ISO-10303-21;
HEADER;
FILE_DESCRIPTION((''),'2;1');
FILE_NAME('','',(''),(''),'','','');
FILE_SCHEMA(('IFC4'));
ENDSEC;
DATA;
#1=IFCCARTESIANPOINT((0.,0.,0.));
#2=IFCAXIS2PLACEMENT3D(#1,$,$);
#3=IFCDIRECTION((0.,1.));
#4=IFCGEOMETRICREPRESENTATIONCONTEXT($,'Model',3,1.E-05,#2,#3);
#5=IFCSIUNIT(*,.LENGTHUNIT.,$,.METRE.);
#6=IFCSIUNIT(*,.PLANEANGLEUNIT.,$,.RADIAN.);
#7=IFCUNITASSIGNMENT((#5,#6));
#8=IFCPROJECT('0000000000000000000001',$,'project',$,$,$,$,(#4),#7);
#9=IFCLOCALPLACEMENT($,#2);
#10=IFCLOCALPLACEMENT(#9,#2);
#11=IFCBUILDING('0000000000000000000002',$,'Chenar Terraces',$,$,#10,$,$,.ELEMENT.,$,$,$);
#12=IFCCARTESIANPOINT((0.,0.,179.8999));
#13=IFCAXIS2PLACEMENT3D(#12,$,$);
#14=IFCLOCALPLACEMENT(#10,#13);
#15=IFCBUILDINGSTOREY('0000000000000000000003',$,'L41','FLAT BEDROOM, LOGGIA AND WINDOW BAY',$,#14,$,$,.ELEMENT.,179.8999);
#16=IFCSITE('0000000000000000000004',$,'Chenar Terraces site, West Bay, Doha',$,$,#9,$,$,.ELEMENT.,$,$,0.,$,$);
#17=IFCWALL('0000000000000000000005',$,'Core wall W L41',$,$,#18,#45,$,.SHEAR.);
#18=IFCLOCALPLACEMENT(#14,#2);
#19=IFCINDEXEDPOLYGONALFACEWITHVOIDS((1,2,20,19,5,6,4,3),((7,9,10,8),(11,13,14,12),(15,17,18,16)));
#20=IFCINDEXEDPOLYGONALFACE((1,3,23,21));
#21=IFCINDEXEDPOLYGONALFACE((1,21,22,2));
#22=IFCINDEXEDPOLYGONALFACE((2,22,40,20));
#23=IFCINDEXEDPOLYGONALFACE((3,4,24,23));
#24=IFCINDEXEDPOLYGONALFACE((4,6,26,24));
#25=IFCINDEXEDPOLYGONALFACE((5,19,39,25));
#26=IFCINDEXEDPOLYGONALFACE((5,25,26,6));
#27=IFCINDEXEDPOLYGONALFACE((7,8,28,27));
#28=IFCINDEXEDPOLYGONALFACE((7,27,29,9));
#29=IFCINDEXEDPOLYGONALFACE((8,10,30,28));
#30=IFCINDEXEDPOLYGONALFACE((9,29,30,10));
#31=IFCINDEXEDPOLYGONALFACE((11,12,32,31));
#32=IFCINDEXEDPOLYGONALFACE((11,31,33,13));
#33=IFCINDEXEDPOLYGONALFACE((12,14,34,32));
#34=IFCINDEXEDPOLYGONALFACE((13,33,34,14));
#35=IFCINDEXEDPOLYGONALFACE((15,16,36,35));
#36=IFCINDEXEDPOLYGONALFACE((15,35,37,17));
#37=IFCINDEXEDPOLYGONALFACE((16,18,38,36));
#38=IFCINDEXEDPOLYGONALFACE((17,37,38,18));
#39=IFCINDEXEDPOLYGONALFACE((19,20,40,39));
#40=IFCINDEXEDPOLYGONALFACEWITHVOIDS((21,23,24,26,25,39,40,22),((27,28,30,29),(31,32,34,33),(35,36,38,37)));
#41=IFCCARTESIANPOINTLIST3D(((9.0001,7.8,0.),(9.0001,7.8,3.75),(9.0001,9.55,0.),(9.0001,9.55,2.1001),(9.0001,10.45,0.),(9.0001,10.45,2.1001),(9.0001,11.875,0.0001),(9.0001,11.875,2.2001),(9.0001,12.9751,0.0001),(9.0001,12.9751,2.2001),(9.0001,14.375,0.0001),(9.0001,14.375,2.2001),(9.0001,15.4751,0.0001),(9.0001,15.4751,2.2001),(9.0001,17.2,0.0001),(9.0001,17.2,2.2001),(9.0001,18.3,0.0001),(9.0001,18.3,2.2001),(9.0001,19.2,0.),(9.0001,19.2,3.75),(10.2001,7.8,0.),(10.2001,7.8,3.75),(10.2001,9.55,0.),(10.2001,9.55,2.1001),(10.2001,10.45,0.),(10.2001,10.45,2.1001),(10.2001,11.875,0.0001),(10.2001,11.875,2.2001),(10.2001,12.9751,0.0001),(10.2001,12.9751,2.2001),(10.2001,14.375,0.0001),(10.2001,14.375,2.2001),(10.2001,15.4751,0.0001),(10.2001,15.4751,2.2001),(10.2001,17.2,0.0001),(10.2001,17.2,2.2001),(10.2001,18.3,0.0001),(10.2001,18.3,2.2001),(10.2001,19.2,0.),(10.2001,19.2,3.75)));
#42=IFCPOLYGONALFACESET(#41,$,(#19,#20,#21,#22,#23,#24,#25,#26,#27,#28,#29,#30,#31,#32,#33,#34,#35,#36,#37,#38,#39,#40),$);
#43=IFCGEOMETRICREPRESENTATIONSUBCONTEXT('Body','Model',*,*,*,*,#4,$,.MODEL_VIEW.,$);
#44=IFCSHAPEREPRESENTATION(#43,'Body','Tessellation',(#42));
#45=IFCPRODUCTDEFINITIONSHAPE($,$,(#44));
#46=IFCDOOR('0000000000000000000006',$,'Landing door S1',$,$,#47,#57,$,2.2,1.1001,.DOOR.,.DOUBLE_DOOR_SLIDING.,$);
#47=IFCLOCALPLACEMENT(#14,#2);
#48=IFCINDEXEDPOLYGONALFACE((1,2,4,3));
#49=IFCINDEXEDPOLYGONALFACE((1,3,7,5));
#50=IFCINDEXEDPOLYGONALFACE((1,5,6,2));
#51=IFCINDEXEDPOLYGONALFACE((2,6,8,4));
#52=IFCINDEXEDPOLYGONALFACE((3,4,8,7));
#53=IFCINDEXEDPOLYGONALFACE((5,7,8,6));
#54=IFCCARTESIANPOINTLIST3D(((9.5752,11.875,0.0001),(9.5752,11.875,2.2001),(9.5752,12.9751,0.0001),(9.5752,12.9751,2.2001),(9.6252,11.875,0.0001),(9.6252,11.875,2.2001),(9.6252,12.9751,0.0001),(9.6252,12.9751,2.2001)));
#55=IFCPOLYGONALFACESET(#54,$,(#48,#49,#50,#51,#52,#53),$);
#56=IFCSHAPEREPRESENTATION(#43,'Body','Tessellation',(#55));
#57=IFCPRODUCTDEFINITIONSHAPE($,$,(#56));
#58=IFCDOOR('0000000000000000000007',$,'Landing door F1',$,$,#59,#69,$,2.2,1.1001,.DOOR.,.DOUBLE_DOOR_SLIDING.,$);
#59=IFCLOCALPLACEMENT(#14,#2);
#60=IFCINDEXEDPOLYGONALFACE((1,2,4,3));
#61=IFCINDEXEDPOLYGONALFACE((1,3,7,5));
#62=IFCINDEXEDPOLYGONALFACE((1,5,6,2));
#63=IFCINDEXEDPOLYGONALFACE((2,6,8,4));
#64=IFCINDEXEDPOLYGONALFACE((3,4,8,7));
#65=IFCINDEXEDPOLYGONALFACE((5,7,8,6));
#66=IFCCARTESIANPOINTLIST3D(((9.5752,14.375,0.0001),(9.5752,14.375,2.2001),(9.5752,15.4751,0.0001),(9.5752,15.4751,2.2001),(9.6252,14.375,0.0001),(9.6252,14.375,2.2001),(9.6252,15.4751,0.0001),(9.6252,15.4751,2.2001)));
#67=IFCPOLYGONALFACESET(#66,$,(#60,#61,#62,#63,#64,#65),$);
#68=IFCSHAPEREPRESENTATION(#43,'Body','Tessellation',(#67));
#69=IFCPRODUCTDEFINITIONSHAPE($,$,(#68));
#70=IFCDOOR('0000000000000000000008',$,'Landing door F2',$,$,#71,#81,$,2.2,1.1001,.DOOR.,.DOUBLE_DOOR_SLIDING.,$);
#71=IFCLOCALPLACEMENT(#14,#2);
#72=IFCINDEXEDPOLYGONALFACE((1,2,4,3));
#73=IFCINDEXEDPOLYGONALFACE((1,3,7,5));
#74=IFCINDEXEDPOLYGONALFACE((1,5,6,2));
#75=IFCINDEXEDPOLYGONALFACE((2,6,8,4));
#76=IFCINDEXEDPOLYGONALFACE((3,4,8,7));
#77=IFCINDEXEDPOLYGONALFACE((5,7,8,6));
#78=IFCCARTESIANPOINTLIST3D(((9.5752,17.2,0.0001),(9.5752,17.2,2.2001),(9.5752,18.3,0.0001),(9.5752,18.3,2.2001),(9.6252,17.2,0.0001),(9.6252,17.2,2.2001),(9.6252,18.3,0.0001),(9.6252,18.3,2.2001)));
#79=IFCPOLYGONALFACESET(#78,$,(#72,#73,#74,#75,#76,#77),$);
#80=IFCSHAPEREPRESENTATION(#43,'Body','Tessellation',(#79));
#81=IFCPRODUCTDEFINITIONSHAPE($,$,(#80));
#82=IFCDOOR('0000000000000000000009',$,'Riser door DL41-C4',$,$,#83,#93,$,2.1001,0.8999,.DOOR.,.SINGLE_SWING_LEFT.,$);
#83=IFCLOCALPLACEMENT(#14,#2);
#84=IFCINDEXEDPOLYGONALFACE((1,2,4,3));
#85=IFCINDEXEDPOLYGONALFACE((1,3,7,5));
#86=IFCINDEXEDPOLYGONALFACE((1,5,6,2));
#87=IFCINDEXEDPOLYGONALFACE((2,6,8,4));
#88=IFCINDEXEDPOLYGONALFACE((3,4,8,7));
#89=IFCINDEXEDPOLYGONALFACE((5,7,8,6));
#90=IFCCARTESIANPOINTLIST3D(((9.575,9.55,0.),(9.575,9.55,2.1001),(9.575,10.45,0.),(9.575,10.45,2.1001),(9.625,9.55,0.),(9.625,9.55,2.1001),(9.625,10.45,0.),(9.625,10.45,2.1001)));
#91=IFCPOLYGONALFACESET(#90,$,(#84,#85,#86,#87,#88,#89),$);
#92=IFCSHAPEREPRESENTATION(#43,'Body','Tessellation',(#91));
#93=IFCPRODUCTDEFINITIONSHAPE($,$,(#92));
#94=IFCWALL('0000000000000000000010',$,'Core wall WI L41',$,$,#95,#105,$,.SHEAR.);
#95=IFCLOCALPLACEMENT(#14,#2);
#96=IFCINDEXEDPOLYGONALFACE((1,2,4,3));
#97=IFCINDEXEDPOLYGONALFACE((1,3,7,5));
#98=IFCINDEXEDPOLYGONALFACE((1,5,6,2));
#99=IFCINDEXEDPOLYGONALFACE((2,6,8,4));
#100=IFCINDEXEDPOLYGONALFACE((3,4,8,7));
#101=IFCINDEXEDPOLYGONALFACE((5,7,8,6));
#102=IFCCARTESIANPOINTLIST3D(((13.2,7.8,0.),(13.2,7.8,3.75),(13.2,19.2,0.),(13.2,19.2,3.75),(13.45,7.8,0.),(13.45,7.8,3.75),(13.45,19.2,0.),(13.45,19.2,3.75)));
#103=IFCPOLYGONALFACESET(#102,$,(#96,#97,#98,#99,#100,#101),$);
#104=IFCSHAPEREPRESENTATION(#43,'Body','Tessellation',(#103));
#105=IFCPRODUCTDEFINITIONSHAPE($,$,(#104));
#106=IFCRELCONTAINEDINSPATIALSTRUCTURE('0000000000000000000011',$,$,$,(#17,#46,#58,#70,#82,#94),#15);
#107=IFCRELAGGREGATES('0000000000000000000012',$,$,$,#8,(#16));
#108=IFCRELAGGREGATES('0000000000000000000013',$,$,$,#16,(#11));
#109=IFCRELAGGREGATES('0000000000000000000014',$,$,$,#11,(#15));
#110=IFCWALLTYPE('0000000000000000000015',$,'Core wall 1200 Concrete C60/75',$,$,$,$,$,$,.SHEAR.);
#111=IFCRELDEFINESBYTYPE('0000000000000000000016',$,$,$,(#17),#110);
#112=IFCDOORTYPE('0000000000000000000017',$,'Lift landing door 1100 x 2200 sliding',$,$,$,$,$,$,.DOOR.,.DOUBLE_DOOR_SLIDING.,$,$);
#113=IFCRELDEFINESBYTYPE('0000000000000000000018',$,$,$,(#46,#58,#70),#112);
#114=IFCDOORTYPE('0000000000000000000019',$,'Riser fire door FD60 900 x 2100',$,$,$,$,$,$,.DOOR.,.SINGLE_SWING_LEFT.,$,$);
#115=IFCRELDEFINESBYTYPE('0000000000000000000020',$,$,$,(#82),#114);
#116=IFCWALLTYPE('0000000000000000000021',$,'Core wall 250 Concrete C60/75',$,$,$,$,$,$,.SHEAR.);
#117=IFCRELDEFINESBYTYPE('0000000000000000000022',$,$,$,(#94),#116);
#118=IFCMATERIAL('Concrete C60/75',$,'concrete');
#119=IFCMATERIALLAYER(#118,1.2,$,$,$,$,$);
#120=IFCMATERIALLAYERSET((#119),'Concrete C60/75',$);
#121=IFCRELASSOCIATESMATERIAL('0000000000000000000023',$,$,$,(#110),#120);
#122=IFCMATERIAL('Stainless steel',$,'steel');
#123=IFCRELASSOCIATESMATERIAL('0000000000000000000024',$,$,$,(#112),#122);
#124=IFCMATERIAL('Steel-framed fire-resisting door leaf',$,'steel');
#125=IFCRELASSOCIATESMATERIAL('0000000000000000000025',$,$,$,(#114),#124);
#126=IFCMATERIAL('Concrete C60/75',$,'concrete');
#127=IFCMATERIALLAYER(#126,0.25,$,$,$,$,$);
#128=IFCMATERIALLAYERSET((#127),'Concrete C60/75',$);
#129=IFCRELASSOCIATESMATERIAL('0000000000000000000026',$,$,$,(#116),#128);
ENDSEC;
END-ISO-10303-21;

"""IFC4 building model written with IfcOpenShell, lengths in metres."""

from ifc_helpers import new_model, si_unit, direction, frame, frame_2d, origin, place, context, subcontext, project, spatial, rectangle, extrude, material, layer, layer_set, type_object, element, fill, save


model = new_model("IFC4")

# Units and contexts
model_context = context("Model", 3, precision=1e-05, world=origin(), true_north=direction((0.0, 1.0)))
body_context = subcontext(model_context, "Body", "Model", "MODEL_VIEW")
ifc_project = project(units=[si_unit("LENGTHUNIT", "METRE"), si_unit("PLANEANGLEUNIT", "RADIAN")], contexts=[model_context])

# Site, building, storey
site_placement = place(None, origin())
site = spatial("IfcSite", under=ifc_project, at=site_placement, Name="Chenar Terraces site, West Bay, Doha", CompositionType="ELEMENT", RefElevation=0.0)
building_placement = place(site_placement, origin())
building = spatial("IfcBuilding", under=site, at=building_placement, Name="Chenar Terraces", CompositionType="ELEMENT")
storey_placement = place(building_placement, frame((0.0, 0.0, 179.8999)))
storey = spatial("IfcBuildingStorey", under=building, at=storey_placement, Name="L41", Description="FLAT BEDROOM, LOGGIA AND WINDOW BAY", CompositionType="ELEMENT", Elevation=179.8999)

# Wall, openings, doors
ifc_material_1 = material(Name="Concrete C60/75", Category="concrete")
ifc_layer_1 = layer(ifc_material_1, 1.2)
ifc_layer_set_1 = layer_set([ifc_layer_1], Name="Concrete C60/75")
wall_type_1 = type_object("IfcWallType", Name="Core wall 1200 Concrete C60/75", PredefinedType="SHEAR", material=ifc_layer_set_1)
wall_1_placement = place(storey_placement, frame((9.6001, 7.8, 0.0), z_axis=(0.0, 0.0, 1.0), x_axis=(0.0, 1.0, 0.0)))
wall_1 = element("IfcWall", 1, at=wall_1_placement, inside=storey, type_object=wall_type_1, Name="Core wall W L41", PredefinedType="SHEAR", context=body_context, shape_type="SweptSolid", body=[
    extrude(rectangle(XDim=11.3999, YDim=1.2, at=frame_2d((5.7, 0.0))), origin(), (0.0, 0.0, 1.0), 3.75),
])
opening_1_placement = place(wall_1_placement, frame((4.075, 0.0, 0.0)))
opening_1 = element("IfcOpeningElement", 2, at=opening_1_placement, cuts=wall_1, PredefinedType="OPENING", context=body_context, shape_type="SweptSolid", body=[
    extrude(rectangle(XDim=1.1001, YDim=2.2, at=frame_2d((0.55, 1.1001))), frame((0.0, 0.6099, 0.0), z_axis=(0.0, -1.0, 0.0), x_axis=(1.0, 0.0, 0.0)), (0.0, 0.0, 1.0), 1.22),
])
opening_2_placement = place(wall_1_placement, frame((6.575, 0.0, 0.0)))
opening_2 = element("IfcOpeningElement", 3, at=opening_2_placement, cuts=wall_1, PredefinedType="OPENING", context=body_context, shape_type="SweptSolid", body=[
    extrude(rectangle(XDim=1.1001, YDim=2.2, at=frame_2d((0.55, 1.1001))), frame((0.0, 0.6099, 0.0), z_axis=(0.0, -1.0, 0.0), x_axis=(1.0, 0.0, 0.0)), (0.0, 0.0, 1.0), 1.22),
])
opening_3_placement = place(wall_1_placement, frame((9.3999, 0.0, 0.0)))
opening_3 = element("IfcOpeningElement", 4, at=opening_3_placement, cuts=wall_1, PredefinedType="OPENING", context=body_context, shape_type="SweptSolid", body=[
    extrude(rectangle(XDim=1.1001, YDim=2.2, at=frame_2d((0.55, 1.1001))), frame((0.0, 0.6099, 0.0), z_axis=(0.0, -1.0, 0.0), x_axis=(1.0, 0.0, 0.0)), (0.0, 0.0, 1.0), 1.22),
])
opening_4_placement = place(wall_1_placement, frame((1.75, 0.0, 0.0)))
opening_4 = element("IfcOpeningElement", 5, at=opening_4_placement, cuts=wall_1, PredefinedType="OPENING", context=body_context, shape_type="SweptSolid", body=[
    extrude(rectangle(XDim=0.8999, YDim=2.1001, at=frame_2d((0.45, 1.05))), frame((0.0, 0.6099, 0.0), z_axis=(0.0, -1.0, 0.0), x_axis=(1.0, 0.0, 0.0)), (0.0, 0.0, 1.0), 1.22),
])
ifc_material_2 = material(Name="Stainless steel", Category="steel")
door_type_1 = type_object("IfcDoorType", Name="Lift landing door 1100 x 2200 sliding", OperationType="DOUBLE_DOOR_SLIDING", PredefinedType="DOOR", material=ifc_material_2)
door_1_placement = place(opening_1_placement, origin())
door_1 = element("IfcDoor", 6, at=door_1_placement, inside=storey, type_object=door_type_1, Name="Landing door S1", OperationType="DOUBLE_DOOR_SLIDING", OverallHeight=2.2, OverallWidth=1.1001, PredefinedType="DOOR", context=body_context, shape_type="SweptSolid", body=[
    extrude(rectangle(XDim=1.1001, YDim=2.2, at=frame_2d((0.55, 1.1001))), frame((0.0, 0.0249, 0.0), z_axis=(0.0, -1.0, 0.0), x_axis=(1.0, 0.0, 0.0)), (0.0, 0.0, 1.0), 0.05),
])
fill(opening_1, door_1)
door_2_placement = place(opening_2_placement, origin())
door_2 = element("IfcDoor", 7, at=door_2_placement, inside=storey, type_object=door_type_1, Name="Landing door F1", OperationType="DOUBLE_DOOR_SLIDING", OverallHeight=2.2, OverallWidth=1.1001, PredefinedType="DOOR", context=body_context, shape_type="SweptSolid", body=[
    extrude(rectangle(XDim=1.1001, YDim=2.2, at=frame_2d((0.55, 1.1001))), frame((0.0, 0.0249, 0.0), z_axis=(0.0, -1.0, 0.0), x_axis=(1.0, 0.0, 0.0)), (0.0, 0.0, 1.0), 0.05),
])
fill(opening_2, door_2)
door_3_placement = place(opening_3_placement, origin())
door_3 = element("IfcDoor", 8, at=door_3_placement, inside=storey, type_object=door_type_1, Name="Landing door F2", OperationType="DOUBLE_DOOR_SLIDING", OverallHeight=2.2, OverallWidth=1.1001, PredefinedType="DOOR", context=body_context, shape_type="SweptSolid", body=[
    extrude(rectangle(XDim=1.1001, YDim=2.2, at=frame_2d((0.55, 1.1001))), frame((0.0, 0.0249, 0.0), z_axis=(0.0, -1.0, 0.0), x_axis=(1.0, 0.0, 0.0)), (0.0, 0.0, 1.0), 0.05),
])
fill(opening_3, door_3)
ifc_material_3 = material(Name="Steel-framed fire-resisting door leaf", Category="steel")
door_type_2 = type_object("IfcDoorType", Name="Riser fire door FD60 900 x 2100", OperationType="SINGLE_SWING_LEFT", PredefinedType="DOOR", material=ifc_material_3)
door_4_placement = place(opening_4_placement, frame((0.8999, 0.0, 0.0), z_axis=(0.0, 0.0, 1.0), x_axis=(-1.0, 0.0, 0.0)))
door_4 = element("IfcDoor", 9, at=door_4_placement, inside=storey, type_object=door_type_2, Name="Riser door DL41-C4", OperationType="SINGLE_SWING_LEFT", OverallHeight=2.1001, OverallWidth=0.8999, PredefinedType="DOOR", context=body_context, shape_type="SweptSolid", body=[
    extrude(rectangle(XDim=0.8999, YDim=2.1001, at=frame_2d((0.45, 1.05))), frame((0.0, 0.0249, 0.0), z_axis=(0.0, -1.0, 0.0), x_axis=(1.0, 0.0, 0.0)), (0.0, 0.0, 1.0), 0.05),
])
fill(opening_4, door_4)

# Wall
ifc_material_4 = material(Name="Concrete C60/75", Category="concrete")
ifc_layer_2 = layer(ifc_material_4, 0.25)
ifc_layer_set_2 = layer_set([ifc_layer_2], Name="Concrete C60/75")
wall_type_2 = type_object("IfcWallType", Name="Core wall 250 Concrete C60/75", PredefinedType="SHEAR", material=ifc_layer_set_2)
wall_2_placement = place(storey_placement, frame((13.325, 7.8, 0.0), z_axis=(0.0, 0.0, 1.0), x_axis=(0.0, 1.0, 0.0)))
element("IfcWall", 10, at=wall_2_placement, inside=storey, type_object=wall_type_2, Name="Core wall WI L41", PredefinedType="SHEAR", context=body_context, shape_type="SweptSolid", body=[
    extrude(rectangle(XDim=11.3999, YDim=0.25, at=frame_2d((5.7, 0.0))), origin(), (0.0, 0.0, 1.0), 3.75),
])

save(model, "model.ifc")
